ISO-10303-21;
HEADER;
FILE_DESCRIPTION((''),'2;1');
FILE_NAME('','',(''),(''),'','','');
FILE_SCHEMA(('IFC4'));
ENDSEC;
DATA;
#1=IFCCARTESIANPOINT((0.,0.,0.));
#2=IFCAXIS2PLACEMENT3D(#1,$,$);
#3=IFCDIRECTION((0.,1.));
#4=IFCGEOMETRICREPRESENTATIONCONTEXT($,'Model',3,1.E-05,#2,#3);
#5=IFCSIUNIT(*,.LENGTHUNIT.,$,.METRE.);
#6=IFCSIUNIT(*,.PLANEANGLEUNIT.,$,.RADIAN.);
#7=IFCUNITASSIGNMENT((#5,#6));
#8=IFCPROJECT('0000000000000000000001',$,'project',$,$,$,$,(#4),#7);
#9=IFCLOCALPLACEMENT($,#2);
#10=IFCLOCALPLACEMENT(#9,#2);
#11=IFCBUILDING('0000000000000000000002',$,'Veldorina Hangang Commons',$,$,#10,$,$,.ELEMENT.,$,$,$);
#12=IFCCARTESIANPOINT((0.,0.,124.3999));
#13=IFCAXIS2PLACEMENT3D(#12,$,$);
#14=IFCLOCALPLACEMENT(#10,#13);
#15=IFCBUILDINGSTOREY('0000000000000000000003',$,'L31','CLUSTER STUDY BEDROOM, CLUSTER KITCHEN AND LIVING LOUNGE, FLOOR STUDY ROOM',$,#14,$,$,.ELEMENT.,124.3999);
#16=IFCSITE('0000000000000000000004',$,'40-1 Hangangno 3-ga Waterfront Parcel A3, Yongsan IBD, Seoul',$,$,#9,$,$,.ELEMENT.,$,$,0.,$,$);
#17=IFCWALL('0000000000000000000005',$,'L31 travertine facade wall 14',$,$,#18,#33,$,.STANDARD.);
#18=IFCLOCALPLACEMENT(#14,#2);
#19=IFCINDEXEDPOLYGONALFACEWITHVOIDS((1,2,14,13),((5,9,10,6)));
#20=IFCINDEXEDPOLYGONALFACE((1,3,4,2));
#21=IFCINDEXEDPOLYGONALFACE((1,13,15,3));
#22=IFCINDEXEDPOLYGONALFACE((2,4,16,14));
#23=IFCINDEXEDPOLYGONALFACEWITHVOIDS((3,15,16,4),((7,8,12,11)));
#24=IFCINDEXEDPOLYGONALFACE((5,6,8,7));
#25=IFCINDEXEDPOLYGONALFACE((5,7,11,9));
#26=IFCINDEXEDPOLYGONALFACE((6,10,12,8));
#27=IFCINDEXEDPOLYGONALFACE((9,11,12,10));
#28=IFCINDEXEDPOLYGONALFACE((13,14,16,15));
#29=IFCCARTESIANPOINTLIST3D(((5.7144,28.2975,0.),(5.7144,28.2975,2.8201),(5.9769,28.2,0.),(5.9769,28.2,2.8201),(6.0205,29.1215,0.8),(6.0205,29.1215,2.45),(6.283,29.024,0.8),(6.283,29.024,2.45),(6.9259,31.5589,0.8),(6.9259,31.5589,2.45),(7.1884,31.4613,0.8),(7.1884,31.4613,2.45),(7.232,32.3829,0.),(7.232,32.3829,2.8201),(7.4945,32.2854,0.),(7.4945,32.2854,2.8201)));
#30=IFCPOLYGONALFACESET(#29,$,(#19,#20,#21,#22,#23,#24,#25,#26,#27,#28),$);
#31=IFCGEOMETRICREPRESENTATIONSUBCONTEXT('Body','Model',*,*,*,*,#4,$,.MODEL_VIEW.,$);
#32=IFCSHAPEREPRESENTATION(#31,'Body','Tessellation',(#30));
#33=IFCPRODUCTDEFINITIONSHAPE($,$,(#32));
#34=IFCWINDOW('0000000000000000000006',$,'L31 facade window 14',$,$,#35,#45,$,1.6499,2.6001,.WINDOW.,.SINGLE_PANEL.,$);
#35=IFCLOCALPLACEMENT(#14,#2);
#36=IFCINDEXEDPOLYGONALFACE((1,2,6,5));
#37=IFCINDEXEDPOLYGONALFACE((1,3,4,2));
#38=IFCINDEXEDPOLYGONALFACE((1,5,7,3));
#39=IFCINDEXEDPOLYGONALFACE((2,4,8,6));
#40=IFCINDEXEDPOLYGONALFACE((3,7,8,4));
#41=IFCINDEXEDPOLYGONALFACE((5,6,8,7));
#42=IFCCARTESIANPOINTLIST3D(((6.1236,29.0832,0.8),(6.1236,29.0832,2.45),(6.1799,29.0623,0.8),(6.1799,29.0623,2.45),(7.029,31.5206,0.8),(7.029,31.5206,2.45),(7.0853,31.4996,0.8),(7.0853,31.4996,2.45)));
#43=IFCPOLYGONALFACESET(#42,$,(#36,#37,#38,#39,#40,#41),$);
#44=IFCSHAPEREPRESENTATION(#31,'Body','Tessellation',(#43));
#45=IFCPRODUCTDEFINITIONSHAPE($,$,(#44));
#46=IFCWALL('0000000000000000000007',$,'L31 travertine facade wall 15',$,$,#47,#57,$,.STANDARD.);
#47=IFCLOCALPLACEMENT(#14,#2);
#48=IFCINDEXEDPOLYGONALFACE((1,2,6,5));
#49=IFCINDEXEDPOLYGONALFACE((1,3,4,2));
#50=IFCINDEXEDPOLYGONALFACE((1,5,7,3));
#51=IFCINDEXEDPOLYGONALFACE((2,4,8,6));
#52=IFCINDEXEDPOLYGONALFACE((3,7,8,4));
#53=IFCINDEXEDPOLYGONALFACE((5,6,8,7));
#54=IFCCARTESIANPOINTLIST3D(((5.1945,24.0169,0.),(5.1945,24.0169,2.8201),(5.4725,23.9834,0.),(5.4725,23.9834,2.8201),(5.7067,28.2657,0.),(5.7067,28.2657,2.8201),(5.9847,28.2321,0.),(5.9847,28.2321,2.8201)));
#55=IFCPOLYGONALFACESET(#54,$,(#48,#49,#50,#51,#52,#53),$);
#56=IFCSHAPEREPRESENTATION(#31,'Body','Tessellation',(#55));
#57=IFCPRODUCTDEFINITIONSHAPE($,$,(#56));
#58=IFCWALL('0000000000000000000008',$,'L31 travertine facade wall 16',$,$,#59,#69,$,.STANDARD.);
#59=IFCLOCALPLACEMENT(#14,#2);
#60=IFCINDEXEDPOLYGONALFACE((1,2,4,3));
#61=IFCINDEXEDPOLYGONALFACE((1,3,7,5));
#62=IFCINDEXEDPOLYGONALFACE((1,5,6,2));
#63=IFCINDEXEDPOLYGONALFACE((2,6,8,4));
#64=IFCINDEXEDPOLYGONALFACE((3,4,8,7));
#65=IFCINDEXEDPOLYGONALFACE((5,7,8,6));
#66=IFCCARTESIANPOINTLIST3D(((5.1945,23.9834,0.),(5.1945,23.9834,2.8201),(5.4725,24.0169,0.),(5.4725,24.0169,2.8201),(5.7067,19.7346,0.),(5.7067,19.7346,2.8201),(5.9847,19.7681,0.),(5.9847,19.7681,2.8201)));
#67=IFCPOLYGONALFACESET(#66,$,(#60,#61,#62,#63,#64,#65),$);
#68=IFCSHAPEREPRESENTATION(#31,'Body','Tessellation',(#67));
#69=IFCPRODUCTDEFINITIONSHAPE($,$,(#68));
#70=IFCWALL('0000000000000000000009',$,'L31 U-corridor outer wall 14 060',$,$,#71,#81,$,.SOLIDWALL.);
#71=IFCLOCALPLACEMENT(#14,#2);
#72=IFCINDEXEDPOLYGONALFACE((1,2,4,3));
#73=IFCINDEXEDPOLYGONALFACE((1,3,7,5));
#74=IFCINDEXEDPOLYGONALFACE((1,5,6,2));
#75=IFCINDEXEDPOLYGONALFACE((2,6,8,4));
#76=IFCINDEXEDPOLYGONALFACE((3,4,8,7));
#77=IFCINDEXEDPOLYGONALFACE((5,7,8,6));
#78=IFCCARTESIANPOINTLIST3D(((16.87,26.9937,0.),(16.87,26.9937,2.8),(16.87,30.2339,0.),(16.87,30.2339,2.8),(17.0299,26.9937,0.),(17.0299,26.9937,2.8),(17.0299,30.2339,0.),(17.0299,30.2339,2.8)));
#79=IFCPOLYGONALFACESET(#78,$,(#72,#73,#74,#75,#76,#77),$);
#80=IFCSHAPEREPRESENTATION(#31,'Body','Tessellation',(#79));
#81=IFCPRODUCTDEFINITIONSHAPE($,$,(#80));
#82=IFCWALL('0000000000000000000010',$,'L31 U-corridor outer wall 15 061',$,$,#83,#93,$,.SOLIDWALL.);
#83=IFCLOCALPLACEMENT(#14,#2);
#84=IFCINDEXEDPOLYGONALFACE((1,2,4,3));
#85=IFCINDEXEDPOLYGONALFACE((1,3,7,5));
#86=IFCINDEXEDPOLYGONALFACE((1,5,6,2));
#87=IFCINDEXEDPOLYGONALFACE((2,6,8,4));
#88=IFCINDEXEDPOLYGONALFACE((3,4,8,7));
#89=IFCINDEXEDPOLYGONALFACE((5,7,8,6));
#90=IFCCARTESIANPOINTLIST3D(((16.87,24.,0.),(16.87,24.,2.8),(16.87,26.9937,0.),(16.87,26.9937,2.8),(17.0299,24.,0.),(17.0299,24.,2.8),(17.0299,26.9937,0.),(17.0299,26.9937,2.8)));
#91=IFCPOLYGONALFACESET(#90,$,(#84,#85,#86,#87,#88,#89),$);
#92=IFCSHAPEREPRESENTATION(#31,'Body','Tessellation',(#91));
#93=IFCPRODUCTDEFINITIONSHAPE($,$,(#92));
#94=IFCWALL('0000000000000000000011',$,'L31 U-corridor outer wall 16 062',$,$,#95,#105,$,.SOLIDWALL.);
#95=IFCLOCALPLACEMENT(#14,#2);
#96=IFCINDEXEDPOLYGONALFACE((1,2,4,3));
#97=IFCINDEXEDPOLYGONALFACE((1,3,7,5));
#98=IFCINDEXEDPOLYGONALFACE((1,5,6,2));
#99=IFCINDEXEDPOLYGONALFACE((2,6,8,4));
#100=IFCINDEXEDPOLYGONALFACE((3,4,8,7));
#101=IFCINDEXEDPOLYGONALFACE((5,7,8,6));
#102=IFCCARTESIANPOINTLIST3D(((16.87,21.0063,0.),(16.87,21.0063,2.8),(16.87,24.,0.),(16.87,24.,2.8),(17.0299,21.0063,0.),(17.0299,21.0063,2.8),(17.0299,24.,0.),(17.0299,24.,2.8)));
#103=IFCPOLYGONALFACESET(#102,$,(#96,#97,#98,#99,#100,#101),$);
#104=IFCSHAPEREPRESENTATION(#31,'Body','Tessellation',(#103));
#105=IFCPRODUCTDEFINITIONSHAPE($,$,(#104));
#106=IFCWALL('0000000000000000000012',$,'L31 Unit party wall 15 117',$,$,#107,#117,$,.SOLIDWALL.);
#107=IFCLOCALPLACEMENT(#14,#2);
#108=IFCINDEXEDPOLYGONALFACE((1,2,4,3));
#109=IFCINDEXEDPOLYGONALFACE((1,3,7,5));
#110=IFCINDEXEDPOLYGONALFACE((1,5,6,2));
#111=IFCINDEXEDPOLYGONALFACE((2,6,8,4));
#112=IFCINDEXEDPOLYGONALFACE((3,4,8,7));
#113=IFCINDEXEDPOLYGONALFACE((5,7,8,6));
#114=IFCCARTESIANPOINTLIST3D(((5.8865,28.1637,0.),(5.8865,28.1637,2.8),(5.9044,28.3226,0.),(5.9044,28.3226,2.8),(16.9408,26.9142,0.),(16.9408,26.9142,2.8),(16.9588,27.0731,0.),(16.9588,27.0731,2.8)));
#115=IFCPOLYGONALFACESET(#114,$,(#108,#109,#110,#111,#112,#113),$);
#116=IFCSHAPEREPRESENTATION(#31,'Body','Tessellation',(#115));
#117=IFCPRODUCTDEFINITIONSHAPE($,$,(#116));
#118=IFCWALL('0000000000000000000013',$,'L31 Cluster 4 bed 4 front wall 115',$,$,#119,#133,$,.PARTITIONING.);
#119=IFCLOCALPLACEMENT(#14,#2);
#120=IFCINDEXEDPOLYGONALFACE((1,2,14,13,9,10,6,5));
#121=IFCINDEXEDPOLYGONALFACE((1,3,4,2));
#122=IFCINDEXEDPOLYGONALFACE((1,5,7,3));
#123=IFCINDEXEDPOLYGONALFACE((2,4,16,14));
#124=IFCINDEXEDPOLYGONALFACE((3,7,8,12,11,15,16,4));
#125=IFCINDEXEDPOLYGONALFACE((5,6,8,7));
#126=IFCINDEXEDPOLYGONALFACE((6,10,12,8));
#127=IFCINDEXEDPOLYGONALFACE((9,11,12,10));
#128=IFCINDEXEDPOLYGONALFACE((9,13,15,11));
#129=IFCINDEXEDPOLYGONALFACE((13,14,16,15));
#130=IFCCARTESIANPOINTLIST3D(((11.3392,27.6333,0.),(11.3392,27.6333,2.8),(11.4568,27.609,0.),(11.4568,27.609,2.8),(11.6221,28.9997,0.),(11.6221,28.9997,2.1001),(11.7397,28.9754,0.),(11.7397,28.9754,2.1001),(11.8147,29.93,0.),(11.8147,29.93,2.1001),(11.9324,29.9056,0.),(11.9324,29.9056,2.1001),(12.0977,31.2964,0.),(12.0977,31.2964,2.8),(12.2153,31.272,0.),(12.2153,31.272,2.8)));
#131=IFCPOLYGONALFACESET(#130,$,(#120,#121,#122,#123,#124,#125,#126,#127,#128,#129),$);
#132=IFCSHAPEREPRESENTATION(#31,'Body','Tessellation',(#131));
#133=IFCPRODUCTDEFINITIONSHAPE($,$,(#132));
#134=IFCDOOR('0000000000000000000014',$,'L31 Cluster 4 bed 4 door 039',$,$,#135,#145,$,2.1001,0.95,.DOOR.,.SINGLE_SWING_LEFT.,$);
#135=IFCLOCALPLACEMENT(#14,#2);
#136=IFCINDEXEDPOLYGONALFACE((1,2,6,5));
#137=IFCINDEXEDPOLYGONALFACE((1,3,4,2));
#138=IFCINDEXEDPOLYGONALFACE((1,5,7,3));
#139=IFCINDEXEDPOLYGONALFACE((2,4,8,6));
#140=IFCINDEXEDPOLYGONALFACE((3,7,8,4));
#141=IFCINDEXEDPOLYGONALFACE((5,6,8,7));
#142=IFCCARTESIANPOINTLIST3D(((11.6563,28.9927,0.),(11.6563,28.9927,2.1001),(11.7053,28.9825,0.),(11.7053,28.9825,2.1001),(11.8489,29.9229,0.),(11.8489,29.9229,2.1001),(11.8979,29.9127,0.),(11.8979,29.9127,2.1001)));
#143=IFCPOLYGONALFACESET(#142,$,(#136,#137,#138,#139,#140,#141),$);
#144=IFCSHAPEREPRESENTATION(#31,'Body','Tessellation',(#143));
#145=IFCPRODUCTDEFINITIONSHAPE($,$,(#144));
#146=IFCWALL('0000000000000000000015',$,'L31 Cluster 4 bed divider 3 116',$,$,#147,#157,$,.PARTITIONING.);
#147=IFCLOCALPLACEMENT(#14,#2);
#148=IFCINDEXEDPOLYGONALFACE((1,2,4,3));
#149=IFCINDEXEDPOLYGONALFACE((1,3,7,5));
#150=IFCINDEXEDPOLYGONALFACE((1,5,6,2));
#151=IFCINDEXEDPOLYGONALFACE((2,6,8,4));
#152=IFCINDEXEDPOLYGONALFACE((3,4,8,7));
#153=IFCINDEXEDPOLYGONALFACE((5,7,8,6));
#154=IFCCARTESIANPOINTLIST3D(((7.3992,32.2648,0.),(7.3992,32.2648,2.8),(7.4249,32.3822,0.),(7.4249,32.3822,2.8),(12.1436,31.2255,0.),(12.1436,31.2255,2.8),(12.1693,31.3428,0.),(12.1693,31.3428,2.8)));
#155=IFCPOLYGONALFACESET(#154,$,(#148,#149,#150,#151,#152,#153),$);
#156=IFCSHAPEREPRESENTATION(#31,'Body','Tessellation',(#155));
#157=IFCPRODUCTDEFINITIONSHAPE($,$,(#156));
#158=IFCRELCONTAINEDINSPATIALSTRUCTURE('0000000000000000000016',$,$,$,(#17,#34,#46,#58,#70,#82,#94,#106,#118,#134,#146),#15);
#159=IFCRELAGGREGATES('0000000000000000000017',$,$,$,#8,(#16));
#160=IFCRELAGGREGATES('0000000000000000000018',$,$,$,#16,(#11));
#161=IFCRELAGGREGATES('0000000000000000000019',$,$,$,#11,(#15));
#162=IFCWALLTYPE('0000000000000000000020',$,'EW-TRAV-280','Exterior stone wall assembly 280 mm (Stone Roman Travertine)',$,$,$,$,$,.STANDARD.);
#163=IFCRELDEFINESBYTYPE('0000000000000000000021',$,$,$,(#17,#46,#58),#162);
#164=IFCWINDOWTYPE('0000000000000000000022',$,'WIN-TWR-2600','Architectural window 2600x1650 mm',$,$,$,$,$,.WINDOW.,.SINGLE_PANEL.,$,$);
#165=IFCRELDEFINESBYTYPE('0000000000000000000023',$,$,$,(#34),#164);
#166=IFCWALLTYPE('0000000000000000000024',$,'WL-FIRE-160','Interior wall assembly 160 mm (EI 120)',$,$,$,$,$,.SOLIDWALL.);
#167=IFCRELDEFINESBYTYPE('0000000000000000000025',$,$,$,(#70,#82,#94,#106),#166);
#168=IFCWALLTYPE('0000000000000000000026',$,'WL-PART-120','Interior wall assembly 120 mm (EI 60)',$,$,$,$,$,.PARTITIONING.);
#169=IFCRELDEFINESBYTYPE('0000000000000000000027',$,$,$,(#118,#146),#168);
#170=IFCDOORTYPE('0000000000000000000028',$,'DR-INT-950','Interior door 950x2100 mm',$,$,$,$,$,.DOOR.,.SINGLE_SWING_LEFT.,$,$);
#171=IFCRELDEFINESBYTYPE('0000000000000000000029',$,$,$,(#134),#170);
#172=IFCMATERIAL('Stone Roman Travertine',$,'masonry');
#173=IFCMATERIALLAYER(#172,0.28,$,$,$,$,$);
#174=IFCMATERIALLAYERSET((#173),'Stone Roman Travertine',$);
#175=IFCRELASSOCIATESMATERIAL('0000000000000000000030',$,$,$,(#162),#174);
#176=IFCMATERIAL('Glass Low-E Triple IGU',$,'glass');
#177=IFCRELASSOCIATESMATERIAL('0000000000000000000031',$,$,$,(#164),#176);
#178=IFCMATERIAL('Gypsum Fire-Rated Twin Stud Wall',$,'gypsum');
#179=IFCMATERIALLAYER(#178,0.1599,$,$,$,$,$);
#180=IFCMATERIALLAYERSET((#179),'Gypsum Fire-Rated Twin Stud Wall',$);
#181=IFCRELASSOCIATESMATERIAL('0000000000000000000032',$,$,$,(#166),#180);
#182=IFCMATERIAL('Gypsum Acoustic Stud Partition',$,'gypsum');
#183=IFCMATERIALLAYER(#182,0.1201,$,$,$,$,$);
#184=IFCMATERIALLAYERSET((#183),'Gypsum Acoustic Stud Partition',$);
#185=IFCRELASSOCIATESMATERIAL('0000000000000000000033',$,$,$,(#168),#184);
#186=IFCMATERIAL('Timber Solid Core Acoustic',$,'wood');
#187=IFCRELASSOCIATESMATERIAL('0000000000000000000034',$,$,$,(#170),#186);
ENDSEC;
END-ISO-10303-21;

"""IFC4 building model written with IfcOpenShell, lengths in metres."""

from ifc_helpers import new_model, si_unit, direction, frame, frame_2d, origin, place, context, subcontext, project, spatial, rectangle, extrude, material, layer, layer_set, type_object, element, fill, save


model = new_model("IFC4")

# Units and contexts
model_context = context("Model", 3, precision=1e-05, world=origin(), true_north=direction((0.0, 1.0)))
body_context = subcontext(model_context, "Body", "Model", "MODEL_VIEW")
ifc_project = project(units=[si_unit("LENGTHUNIT", "METRE"), si_unit("PLANEANGLEUNIT", "RADIAN")], contexts=[model_context])

# Site, building, storey
site_placement = place(None, origin())
site = spatial("IfcSite", under=ifc_project, at=site_placement, Name="40-1 Hangangno 3-ga Waterfront Parcel A3, Yongsan IBD, Seoul", CompositionType="ELEMENT", RefElevation=0.0)
building_placement = place(site_placement, origin())
building = spatial("IfcBuilding", under=site, at=building_placement, Name="Veldorina Hangang Commons", CompositionType="ELEMENT")
storey_placement = place(building_placement, frame((0.0, 0.0, 124.3999)))
storey = spatial("IfcBuildingStorey", under=building, at=storey_placement, Name="L31", Description="CLUSTER STUDY BEDROOM, CLUSTER KITCHEN AND LIVING LOUNGE, FLOOR STUDY ROOM", CompositionType="ELEMENT", Elevation=124.3999)

# Wall, opening, window
ifc_material_1 = material(Name="Stone Roman Travertine", Category="masonry")
ifc_layer_1 = layer(ifc_material_1, 0.28)
ifc_layer_set_1 = layer_set([ifc_layer_1], Name="Stone Roman Travertine")
wall_type_1 = type_object("IfcWallType", Name="EW-TRAV-280", Description="Exterior stone wall assembly 280 mm (Stone Roman Travertine)", PredefinedType="STANDARD", material=ifc_layer_set_1)
wall_1_placement = place(storey_placement, frame((7.3633, 32.3342, 0.0), z_axis=(0.0, 0.0, 1.0), x_axis=(-0.348212, -0.937416, 0.0)))
wall_1 = element("IfcWall", 1, at=wall_1_placement, inside=storey, type_object=wall_type_1, Name="L31 travertine facade wall 14", PredefinedType="STANDARD", context=body_context, shape_type="SweptSolid", body=[
    extrude(rectangle(XDim=4.3582, YDim=0.28, at=frame_2d((2.1792, 0.0))), origin(), (0.0, 0.0, 1.0), 2.8201),
])
opening_1_placement = place(wall_1_placement, frame((0.8792, 0.0, 0.8)))
opening_1 = element("IfcOpeningElement", 2, at=opening_1_placement, cuts=wall_1, PredefinedType="OPENING", context=body_context, shape_type="SweptSolid", body=[
    extrude(rectangle(XDim=2.6001, YDim=1.6499, at=frame_2d((1.3, 0.825))), frame((0.0, 0.1499, 0.0), z_axis=(0.0, -1.0, 0.0), x_axis=(1.0, 0.0, 0.0)), (0.0, 0.0, 1.0), 0.3),
])
ifc_material_2 = material(Name="Glass Low-E Triple IGU", Category="glass")
window_type = type_object("IfcWindowType", Name="WIN-TWR-2600", Description="Architectural window 2600x1650 mm", PartitioningType="SINGLE_PANEL", PredefinedType="WINDOW", material=ifc_material_2)
window_placement = place(opening_1_placement, origin())
window = element("IfcWindow", 3, at=window_placement, inside=storey, type_object=window_type, Name="L31 facade window 14", OverallHeight=1.6499, OverallWidth=2.6001, PartitioningType="SINGLE_PANEL", PredefinedType="WINDOW", context=body_context, shape_type="SweptSolid", body=[
    extrude(rectangle(XDim=2.6001, YDim=1.6499, at=frame_2d((1.3, 0.825))), frame((0.0, 0.03, 0.0), z_axis=(0.0, -1.0, 0.0), x_axis=(1.0, 0.0, 0.0)), (0.0, 0.0, 1.0), 0.0601),
])
fill(opening_1, window)

# Walls
for number, where, z_axis, x_axis, name in (
    (4, (5.8457, 28.2488, 0.0), (0.0, 0.0, 1.0), (-0.119687, -0.992812, 0.0), "L31 travertine facade wall 15"),
    (5, (5.3335, 24.0, 0.0), (0.0, 0.0, 1.0), (0.119687, -0.992812, 0.0), "L31 travertine facade wall 16"),
):
    element("IfcWall", number, at=place(storey_placement, frame(where, z_axis=z_axis, x_axis=x_axis)), inside=storey, type_object=wall_type_1, Name=name, PredefinedType="STANDARD", context=body_context, shape_type="SweptSolid", body=[
        extrude(rectangle(XDim=4.2795, YDim=0.28, at=frame_2d((2.1396, 0.0))), origin(), (0.0, 0.0, 1.0), 2.8201),
    ])
ifc_material_3 = material(Name="Gypsum Fire-Rated Twin Stud Wall", Category="gypsum")
ifc_layer_2 = layer(ifc_material_3, 0.1599)
ifc_layer_set_2 = layer_set([ifc_layer_2], Name="Gypsum Fire-Rated Twin Stud Wall")
wall_type_2 = type_object("IfcWallType", Name="WL-FIRE-160", Description="Interior wall assembly 160 mm (EI 120)", PredefinedType="SOLIDWALL", material=ifc_layer_set_2)
wall_2_placement = place(storey_placement, frame((16.95, 30.2339, 0.0), z_axis=(0.0, 0.0, 1.0), x_axis=(0.0, -1.0, 0.0)))
element("IfcWall", 6, at=wall_2_placement, inside=storey, type_object=wall_type_2, Name="L31 U-corridor outer wall 14 060", PredefinedType="SOLIDWALL", context=body_context, shape_type="SweptSolid", body=[
    extrude(rectangle(XDim=3.2402, YDim=0.1599, at=frame_2d((1.6201, 0.0))), origin(), (0.0, 0.0, 1.0), 2.8),
])
for number, where, z_axis, x_axis, name in (
    (7, (16.95, 26.9937, 0.0), (0.0, 0.0, 1.0), (0.0, -1.0, 0.0), "L31 U-corridor outer wall 15 061"),
    (8, (16.95, 24.0, 0.0), (0.0, 0.0, 1.0), (0.0, -1.0, 0.0), "L31 U-corridor outer wall 16 062"),
):
    element("IfcWall", number, at=place(storey_placement, frame(where, z_axis=z_axis, x_axis=x_axis)), inside=storey, type_object=wall_type_2, Name=name, PredefinedType="SOLIDWALL", context=body_context, shape_type="SweptSolid", body=[
        extrude(rectangle(XDim=2.9937, YDim=0.1599, at=frame_2d((1.4968, 0.0))), origin(), (0.0, 0.0, 1.0), 2.8),
    ])
wall_3_placement = place(storey_placement, frame((16.95, 26.9937, 0.0), z_axis=(0.0, 0.0, 1.0), x_axis=(-0.993672, 0.112317, 0.0)))
element("IfcWall", 9, at=wall_3_placement, inside=storey, type_object=wall_type_2, Name="L31 Unit party wall 15 117", PredefinedType="SOLIDWALL", context=body_context, shape_type="SweptSolid", body=[
    extrude(rectangle(XDim=11.1248, YDim=0.1599, at=frame_2d((5.5625, 0.0))), origin(), (0.0, 0.0, 1.0), 2.8),
])

# Wall, opening, door
ifc_material_4 = material(Name="Gypsum Acoustic Stud Partition", Category="gypsum")
ifc_layer_3 = layer(ifc_material_4, 0.1201)
ifc_layer_set_3 = layer_set([ifc_layer_3], Name="Gypsum Acoustic Stud Partition")
wall_type_3 = type_object("IfcWallType", Name="WL-PART-120", Description="Interior wall assembly 120 mm (EI 60)", PredefinedType="PARTITIONING", material=ifc_layer_set_3)
wall_4_placement = place(storey_placement, frame((12.1565, 31.2842, 0.0), z_axis=(0.0, 0.0, 1.0), x_axis=(-0.202776, -0.979225, 0.0)))
wall_4 = element("IfcWall", 10, at=wall_4_placement, inside=storey, type_object=wall_type_3, Name="L31 Cluster 4 bed 4 front wall 115", PredefinedType="PARTITIONING", context=body_context, shape_type="SweptSolid", body=[
    extrude(rectangle(XDim=3.7407, YDim=0.1201, at=frame_2d((1.8704, 0.0))), origin(), (0.0, 0.0, 1.0), 2.8),
])
opening_2_placement = place(wall_4_placement, frame((1.3953, 0.0, 0.0)))
opening_2 = element("IfcOpeningElement", 11, at=opening_2_placement, cuts=wall_4, PredefinedType="OPENING", context=body_context, shape_type="SweptSolid", body=[
    extrude(rectangle(XDim=0.95, YDim=2.1001, at=frame_2d((0.4751, 1.05))), frame((0.0, 0.0701, 0.0), z_axis=(0.0, -1.0, 0.0), x_axis=(1.0, 0.0, 0.0)), (0.0, 0.0, 1.0), 0.1401),
])
ifc_material_5 = material(Name="Timber Solid Core Acoustic", Category="wood")
door_type = type_object("IfcDoorType", Name="DR-INT-950", Description="Interior door 950x2100 mm", OperationType="SINGLE_SWING_LEFT", PredefinedType="DOOR", material=ifc_material_5)
door_placement = place(opening_2_placement, origin())
door = element("IfcDoor", 12, at=door_placement, inside=storey, type_object=door_type, Name="L31 Cluster 4 bed 4 door 039", OperationType="SINGLE_SWING_LEFT", OverallHeight=2.1001, OverallWidth=0.95, PredefinedType="DOOR", context=body_context, shape_type="SweptSolid", body=[
    extrude(rectangle(XDim=0.95, YDim=2.1001, at=frame_2d((0.4751, 1.05))), frame((0.0, 0.0249, 0.0), z_axis=(0.0, -1.0, 0.0), x_axis=(1.0, 0.0, 0.0)), (0.0, 0.0, 1.0), 0.05),
])
fill(opening_2, door)

# Wall
wall_5_placement = place(storey_placement, frame((12.1565, 31.2842, 0.0), z_axis=(0.0, 0.0, 1.0), x_axis=(-0.976837, 0.213986, 0.0)))
element("IfcWall", 13, at=wall_5_placement, inside=storey, type_object=wall_type_3, Name="L31 Cluster 4 bed divider 3 116", PredefinedType="PARTITIONING", context=body_context, shape_type="SweptSolid", body=[
    extrude(rectangle(XDim=4.8569, YDim=0.1201, at=frame_2d((2.4285, 0.0))), origin(), (0.0, 0.0, 1.0), 2.8),
])

save(model, "model.ifc")
